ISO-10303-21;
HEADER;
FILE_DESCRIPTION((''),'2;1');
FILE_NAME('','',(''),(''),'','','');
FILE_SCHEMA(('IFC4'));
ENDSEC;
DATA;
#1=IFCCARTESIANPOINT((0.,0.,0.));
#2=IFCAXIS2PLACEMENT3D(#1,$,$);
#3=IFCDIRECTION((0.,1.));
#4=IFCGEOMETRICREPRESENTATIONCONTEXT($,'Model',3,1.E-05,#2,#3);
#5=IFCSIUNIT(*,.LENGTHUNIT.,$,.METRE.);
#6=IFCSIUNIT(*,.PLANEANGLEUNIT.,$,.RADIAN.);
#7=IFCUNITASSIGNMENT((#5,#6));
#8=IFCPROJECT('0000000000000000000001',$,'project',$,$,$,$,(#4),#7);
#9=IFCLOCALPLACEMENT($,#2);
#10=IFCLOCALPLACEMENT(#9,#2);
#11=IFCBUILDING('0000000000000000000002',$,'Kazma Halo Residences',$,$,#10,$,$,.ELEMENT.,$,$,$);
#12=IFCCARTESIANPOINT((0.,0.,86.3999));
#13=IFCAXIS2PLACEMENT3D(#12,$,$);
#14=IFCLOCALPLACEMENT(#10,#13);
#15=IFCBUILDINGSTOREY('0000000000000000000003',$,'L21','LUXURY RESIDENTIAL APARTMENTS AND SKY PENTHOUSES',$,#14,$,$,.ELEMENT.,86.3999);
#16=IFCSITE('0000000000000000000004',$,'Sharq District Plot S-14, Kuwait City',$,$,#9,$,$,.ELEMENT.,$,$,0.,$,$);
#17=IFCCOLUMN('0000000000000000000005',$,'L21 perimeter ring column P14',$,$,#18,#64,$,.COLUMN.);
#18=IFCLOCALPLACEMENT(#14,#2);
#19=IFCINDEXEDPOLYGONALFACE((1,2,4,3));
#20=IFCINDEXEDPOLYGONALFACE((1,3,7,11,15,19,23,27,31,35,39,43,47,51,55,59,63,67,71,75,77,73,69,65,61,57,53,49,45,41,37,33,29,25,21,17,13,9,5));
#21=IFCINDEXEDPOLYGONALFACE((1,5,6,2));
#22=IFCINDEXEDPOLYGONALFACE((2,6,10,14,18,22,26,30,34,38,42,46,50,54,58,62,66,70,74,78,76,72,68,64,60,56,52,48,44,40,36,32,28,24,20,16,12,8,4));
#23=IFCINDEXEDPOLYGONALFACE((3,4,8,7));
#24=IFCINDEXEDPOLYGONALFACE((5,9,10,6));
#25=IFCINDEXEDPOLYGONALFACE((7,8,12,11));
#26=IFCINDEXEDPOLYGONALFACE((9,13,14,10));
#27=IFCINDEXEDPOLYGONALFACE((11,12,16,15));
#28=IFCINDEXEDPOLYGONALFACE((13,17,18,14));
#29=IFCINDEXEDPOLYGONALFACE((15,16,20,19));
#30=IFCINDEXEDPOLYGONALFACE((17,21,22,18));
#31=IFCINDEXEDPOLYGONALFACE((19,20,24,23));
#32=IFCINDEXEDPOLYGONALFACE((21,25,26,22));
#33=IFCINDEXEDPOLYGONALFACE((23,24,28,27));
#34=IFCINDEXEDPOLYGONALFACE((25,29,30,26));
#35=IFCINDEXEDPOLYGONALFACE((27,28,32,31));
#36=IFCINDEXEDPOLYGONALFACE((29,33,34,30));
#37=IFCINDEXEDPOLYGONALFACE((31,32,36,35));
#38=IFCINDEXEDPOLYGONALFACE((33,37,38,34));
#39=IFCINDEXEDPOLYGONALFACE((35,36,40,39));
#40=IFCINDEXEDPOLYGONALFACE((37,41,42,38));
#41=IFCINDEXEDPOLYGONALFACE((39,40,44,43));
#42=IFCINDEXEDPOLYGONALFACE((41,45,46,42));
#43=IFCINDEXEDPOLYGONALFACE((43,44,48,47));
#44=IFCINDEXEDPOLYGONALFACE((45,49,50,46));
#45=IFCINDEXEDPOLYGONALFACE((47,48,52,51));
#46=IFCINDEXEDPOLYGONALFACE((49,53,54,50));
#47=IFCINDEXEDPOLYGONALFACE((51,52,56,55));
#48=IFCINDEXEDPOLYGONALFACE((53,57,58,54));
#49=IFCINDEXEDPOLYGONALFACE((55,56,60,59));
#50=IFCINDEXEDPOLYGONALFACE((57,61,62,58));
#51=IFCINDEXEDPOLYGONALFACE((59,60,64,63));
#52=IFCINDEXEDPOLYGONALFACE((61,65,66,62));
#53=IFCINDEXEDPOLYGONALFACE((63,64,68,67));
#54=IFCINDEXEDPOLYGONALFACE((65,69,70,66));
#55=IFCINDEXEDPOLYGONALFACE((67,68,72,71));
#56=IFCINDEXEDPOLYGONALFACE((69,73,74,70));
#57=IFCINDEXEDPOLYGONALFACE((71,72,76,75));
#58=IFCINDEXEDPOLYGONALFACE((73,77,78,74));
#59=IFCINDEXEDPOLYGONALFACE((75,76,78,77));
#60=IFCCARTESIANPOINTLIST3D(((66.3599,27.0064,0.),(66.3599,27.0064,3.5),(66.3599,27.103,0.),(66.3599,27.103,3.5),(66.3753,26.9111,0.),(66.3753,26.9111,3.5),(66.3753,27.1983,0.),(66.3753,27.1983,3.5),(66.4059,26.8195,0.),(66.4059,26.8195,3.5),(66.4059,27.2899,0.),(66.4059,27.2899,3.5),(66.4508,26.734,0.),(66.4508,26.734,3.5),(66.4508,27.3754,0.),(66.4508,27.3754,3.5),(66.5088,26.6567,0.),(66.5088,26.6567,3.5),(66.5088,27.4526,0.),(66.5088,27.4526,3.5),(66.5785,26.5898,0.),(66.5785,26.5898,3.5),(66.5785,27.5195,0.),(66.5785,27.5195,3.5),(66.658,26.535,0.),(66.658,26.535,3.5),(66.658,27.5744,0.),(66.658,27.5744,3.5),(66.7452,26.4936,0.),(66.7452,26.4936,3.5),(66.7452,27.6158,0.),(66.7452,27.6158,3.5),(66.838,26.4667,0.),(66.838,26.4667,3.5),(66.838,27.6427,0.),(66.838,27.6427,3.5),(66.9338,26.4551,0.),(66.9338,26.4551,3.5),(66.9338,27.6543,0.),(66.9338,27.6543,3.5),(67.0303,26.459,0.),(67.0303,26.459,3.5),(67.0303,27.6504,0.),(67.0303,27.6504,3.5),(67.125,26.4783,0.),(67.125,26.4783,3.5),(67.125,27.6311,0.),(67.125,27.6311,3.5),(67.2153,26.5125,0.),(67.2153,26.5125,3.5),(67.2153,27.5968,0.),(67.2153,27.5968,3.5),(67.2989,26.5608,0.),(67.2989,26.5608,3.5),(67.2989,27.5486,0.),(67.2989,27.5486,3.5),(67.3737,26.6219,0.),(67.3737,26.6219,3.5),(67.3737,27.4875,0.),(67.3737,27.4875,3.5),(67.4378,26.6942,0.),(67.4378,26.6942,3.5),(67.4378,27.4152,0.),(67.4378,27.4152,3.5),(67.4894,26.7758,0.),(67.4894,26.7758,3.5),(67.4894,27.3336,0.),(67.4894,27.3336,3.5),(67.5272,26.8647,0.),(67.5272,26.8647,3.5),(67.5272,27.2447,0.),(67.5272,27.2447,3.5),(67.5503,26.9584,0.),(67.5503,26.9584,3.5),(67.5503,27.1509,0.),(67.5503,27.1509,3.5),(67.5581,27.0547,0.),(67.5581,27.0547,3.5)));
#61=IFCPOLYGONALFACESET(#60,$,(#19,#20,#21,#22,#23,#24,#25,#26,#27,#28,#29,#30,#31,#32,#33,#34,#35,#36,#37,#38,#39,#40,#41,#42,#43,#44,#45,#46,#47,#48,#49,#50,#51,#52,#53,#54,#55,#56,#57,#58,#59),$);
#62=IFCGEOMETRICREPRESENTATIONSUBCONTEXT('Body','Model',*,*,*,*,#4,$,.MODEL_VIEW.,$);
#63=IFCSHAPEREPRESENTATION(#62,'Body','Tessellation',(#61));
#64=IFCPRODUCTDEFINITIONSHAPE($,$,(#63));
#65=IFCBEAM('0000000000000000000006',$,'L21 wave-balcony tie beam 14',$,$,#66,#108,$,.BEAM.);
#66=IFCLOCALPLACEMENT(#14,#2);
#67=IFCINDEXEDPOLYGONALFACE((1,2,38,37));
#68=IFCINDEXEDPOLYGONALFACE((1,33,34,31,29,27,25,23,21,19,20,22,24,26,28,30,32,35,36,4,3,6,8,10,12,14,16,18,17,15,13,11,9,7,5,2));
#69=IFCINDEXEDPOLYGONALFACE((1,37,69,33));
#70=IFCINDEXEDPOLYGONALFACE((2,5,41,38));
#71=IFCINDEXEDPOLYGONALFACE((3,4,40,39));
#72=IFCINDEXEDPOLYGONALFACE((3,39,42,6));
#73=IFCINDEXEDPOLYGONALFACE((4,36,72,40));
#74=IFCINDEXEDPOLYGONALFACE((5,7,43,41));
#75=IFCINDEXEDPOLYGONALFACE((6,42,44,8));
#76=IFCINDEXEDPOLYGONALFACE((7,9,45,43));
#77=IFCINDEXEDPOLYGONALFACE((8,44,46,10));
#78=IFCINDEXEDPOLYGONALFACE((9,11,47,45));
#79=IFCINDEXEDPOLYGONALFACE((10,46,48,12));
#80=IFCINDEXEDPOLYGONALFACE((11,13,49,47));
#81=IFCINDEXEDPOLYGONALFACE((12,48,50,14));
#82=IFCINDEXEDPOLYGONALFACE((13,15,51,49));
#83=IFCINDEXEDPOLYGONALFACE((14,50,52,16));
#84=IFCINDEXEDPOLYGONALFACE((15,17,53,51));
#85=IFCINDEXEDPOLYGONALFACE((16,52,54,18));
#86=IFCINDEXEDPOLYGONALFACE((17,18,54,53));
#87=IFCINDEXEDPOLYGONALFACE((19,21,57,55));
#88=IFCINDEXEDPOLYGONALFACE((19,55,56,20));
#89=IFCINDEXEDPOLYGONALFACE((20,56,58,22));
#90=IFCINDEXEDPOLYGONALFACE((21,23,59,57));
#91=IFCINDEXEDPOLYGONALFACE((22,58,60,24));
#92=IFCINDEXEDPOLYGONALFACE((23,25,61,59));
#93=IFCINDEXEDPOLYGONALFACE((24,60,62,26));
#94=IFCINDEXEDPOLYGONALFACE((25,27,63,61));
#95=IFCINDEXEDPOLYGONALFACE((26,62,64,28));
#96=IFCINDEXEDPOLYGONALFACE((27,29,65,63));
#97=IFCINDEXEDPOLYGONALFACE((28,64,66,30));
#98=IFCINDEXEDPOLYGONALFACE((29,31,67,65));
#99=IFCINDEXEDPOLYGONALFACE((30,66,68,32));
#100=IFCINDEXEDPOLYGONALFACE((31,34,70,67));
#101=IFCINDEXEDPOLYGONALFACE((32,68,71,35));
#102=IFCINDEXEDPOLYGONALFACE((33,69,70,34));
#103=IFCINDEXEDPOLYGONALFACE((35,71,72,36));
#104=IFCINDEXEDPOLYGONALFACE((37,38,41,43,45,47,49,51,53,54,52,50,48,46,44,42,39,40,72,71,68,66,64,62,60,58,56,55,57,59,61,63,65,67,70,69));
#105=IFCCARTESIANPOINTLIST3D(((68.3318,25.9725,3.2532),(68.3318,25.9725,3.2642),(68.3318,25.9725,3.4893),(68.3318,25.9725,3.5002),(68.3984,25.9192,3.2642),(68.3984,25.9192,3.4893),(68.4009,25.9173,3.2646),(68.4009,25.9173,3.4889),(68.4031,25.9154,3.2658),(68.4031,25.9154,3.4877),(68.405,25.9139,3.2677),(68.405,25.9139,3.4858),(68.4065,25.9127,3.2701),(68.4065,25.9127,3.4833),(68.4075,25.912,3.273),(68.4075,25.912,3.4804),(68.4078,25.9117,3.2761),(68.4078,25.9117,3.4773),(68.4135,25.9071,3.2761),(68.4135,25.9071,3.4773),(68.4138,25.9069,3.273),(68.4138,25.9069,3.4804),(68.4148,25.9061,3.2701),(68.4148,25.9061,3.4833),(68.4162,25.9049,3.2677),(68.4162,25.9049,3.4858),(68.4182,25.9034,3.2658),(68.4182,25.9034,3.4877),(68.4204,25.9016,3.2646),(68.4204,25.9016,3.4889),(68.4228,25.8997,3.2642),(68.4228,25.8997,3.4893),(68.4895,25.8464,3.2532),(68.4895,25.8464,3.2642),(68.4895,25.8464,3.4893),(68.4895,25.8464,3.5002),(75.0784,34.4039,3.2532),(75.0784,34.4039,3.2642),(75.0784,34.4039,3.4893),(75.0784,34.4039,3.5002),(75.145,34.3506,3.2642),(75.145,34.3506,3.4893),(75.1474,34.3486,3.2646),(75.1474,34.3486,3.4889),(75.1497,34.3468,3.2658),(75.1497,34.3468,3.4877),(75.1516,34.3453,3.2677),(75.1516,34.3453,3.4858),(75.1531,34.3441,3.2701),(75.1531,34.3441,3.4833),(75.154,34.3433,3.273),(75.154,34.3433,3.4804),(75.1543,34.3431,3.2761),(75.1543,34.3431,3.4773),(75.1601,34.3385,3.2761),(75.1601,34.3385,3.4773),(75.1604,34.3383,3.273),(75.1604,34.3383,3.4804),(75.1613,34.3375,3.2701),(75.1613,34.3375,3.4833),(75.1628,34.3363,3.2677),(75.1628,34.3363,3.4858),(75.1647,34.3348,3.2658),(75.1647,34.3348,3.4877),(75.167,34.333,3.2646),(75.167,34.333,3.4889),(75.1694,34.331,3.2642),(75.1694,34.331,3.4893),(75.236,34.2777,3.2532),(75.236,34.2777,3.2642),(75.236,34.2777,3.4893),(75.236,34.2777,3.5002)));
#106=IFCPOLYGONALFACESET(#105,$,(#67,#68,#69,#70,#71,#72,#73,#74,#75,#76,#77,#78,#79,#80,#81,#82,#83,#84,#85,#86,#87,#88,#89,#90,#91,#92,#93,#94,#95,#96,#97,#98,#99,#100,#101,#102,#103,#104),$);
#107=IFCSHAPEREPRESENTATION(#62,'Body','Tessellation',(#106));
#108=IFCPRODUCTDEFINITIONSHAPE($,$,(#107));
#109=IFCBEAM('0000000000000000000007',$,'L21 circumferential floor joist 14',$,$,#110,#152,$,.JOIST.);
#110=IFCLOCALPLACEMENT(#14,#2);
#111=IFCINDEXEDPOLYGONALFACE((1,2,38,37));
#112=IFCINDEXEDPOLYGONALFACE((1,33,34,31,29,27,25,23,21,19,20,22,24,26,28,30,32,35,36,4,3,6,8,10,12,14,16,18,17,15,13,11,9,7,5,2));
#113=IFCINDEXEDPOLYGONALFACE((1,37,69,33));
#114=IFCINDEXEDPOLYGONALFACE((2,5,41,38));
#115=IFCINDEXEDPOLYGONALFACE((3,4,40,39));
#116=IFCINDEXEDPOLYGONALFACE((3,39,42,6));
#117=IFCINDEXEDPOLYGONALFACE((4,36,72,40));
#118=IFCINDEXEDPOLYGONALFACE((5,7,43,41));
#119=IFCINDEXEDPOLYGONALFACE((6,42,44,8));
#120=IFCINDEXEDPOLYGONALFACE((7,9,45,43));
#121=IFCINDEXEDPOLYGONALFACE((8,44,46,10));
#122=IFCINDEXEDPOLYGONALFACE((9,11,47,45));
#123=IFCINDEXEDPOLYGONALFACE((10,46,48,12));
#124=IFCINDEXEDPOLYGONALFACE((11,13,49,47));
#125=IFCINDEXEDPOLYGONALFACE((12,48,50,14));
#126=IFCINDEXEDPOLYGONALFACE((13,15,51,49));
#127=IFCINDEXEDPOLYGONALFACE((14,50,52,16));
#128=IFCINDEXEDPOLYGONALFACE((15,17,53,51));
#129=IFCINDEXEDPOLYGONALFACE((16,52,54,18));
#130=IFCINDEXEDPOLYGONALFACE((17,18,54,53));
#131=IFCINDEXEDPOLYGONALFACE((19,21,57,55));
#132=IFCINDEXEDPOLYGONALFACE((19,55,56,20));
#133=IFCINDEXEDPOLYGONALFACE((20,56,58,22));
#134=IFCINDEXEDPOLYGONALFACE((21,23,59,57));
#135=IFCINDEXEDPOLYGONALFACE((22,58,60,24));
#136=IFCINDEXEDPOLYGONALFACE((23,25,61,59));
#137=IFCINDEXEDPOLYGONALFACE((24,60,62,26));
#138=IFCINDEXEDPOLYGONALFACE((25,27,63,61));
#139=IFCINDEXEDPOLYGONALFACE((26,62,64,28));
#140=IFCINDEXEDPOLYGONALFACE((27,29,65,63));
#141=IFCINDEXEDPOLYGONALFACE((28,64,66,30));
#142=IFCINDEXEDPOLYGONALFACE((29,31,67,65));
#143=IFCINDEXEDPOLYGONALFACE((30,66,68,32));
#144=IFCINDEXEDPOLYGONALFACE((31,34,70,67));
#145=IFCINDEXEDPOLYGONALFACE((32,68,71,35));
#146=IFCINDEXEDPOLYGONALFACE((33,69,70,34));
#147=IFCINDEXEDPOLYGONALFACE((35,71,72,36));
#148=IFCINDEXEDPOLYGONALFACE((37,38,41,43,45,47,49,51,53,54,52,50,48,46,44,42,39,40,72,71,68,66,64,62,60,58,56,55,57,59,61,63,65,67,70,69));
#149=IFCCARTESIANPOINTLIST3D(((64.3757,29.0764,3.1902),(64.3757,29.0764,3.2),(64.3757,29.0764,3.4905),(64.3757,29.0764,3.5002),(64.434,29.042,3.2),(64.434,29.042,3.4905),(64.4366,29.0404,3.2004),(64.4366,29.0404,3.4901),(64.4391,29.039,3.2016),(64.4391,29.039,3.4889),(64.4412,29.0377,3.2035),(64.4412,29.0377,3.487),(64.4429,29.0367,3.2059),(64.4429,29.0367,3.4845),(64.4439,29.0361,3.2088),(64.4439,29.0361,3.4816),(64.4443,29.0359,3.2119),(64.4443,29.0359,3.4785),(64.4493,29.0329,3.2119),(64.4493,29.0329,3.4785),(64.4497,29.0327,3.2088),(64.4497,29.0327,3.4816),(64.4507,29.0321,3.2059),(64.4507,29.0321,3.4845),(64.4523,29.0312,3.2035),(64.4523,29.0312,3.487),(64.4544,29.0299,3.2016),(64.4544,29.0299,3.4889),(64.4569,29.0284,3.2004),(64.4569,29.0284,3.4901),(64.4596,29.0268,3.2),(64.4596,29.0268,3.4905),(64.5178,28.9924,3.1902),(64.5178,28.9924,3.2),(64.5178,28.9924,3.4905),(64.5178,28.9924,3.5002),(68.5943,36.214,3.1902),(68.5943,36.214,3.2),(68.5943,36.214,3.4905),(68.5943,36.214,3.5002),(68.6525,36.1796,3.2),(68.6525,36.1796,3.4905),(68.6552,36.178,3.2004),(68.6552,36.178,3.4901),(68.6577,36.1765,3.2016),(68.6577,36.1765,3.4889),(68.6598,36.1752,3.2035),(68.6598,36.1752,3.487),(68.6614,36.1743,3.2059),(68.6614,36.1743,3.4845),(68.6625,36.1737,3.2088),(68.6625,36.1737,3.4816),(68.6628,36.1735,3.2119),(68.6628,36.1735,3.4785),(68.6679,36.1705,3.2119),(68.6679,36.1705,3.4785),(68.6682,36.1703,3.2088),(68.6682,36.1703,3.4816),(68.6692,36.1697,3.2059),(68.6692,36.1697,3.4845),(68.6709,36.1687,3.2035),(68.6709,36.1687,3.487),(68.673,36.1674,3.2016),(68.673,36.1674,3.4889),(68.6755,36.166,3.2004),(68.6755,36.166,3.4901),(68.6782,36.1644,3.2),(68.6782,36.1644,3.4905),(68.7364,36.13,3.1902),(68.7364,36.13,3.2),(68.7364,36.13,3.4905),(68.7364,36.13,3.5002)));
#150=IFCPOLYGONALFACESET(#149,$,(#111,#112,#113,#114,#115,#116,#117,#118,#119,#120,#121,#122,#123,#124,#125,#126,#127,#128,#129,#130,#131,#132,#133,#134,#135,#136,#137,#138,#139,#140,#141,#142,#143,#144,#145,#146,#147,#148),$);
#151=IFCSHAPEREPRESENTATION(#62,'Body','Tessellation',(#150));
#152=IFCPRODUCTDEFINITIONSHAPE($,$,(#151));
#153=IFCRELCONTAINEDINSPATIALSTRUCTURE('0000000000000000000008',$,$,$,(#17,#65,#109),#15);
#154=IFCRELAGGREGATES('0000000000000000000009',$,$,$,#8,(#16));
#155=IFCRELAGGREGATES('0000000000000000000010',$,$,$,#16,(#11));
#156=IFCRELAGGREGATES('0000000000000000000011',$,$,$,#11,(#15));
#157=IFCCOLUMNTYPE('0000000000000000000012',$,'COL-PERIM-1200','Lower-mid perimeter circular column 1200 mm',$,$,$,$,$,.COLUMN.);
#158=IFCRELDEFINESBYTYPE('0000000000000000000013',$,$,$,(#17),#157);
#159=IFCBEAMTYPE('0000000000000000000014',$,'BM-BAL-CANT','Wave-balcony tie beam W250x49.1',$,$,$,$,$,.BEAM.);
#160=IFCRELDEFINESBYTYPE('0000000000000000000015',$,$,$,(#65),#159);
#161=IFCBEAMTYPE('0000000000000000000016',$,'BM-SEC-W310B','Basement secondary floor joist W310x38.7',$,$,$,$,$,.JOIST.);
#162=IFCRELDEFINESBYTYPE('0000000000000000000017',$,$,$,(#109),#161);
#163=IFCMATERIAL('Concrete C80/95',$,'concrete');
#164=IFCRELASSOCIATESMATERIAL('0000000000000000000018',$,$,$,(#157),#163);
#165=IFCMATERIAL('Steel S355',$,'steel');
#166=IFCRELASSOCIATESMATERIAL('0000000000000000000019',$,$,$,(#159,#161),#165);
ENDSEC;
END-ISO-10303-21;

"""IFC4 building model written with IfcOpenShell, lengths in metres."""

from ifc_helpers import new_model, si_unit, direction, frame, origin, origin_2d, place, context, subcontext, project, spatial, circle, i_section, extrude, material, material_profile, profile_set, type_object, element, save


model = new_model("IFC4")

# Units and contexts
model_context = context("Model", 3, precision=1e-05, world=origin(), true_north=direction((0.0, 1.0)))
body_context = subcontext(model_context, "Body", "Model", "MODEL_VIEW")
ifc_project = project(units=[si_unit("LENGTHUNIT", "METRE"), si_unit("PLANEANGLEUNIT", "RADIAN")], contexts=[model_context])

# Site, building, storey
site_placement = place(None, origin())
site = spatial("IfcSite", under=ifc_project, at=site_placement, Name="Sharq District Plot S-14, Kuwait City", CompositionType="ELEMENT", RefElevation=0.0)
building_placement = place(site_placement, origin())
building = spatial("IfcBuilding", under=site, at=building_placement, Name="Kazma Halo Residences", CompositionType="ELEMENT")
storey_placement = place(building_placement, frame((0.0, 0.0, 86.3999)))
storey = spatial("IfcBuildingStorey", under=building, at=storey_placement, Name="L21", Description="LUXURY RESIDENTIAL APARTMENTS AND SKY PENTHOUSES", CompositionType="ELEMENT", Elevation=86.3999)

# Column
ifc_material_1 = material(Name="Concrete C80/95", Category="concrete")
ifc_material_profile_1 = material_profile(ifc_material_1, circle(Radius=0.6001, at=origin_2d()), Name="CIRC1200")
ifc_profile_set_1 = profile_set([ifc_material_profile_1], Name="Concrete C80/95")
column_type = type_object("IfcColumnType", Name="COL-PERIM-1200", Description="Lower-mid perimeter circular column 1200 mm", PredefinedType="COLUMN", material=ifc_profile_set_1)
column_placement = place(storey_placement, frame((66.958, 27.0547, 0.0), z_axis=(0.0, 0.0, 1.0), x_axis=(1.0, 0.0, 0.0)))
element("IfcColumn", 1, at=column_placement, inside=storey, type_object=column_type, Name="L21 perimeter ring column P14", PredefinedType="COLUMN", context=body_context, shape_type="SweptSolid", body=[
    extrude(circle(Radius=0.6001, at=origin_2d()), origin(), (0.0, 0.0, 1.0), 3.5),
])

# Beams
ifc_material_2 = material(Name="Steel S355", Category="steel")
ifc_material_profile_2 = material_profile(ifc_material_2, i_section(OverallWidth=0.2019, OverallDepth=0.2471, WebThickness=0.0073, FlangeThickness=0.011, FilletRadius=0.012, at=origin_2d()), Name="W250x49.1")
ifc_profile_set_2 = profile_set([ifc_material_profile_2], Name="Steel S355")
beam_type_1 = type_object("IfcBeamType", Name="BM-BAL-CANT", Description="Wave-balcony tie beam W250x49.1", PredefinedType="BEAM", material=ifc_profile_set_2)
beam_1_placement = place(storey_placement, frame((68.4106, 25.9094, 3.3767), z_axis=(0.624778, 0.780803, 0.0), x_axis=(-0.780803, 0.624778, 0.0)))
element("IfcBeam", 2, at=beam_1_placement, inside=storey, type_object=beam_type_1, Name="L21 wave-balcony tie beam 14", PredefinedType="BEAM", context=body_context, shape_type="SweptSolid", body=[
    extrude(i_section(OverallWidth=0.2019, OverallDepth=0.2471, WebThickness=0.0073, FlangeThickness=0.011, FilletRadius=0.012, at=origin_2d()), origin(), (0.0, 0.0, 1.0), 10.7983),
])
ifc_material_profile_3 = material_profile(ifc_material_2, i_section(OverallWidth=0.165, OverallDepth=0.3101, WebThickness=0.0059, FlangeThickness=0.0098, FilletRadius=0.012, at=origin_2d()), Name="W310x38.7")
ifc_profile_set_3 = profile_set([ifc_material_profile_3], Name="Steel S355")
beam_type_2 = type_object("IfcBeamType", Name="BM-SEC-W310B", Description="Basement secondary floor joist W310x38.7", PredefinedType="JOIST", material=ifc_profile_set_3)
beam_2_placement = place(storey_placement, frame((64.4468, 29.0344, 3.3452), z_axis=(0.508812, 0.860878, 0.0), x_axis=(-0.860878, 0.508812, 0.0)))
element("IfcBeam", 3, at=beam_2_placement, inside=storey, type_object=beam_type_2, Name="L21 circumferential floor joist 14", PredefinedType="JOIST", context=body_context, shape_type="SweptSolid", body=[
    extrude(i_section(OverallWidth=0.165, OverallDepth=0.3101, WebThickness=0.0059, FlangeThickness=0.0098, FilletRadius=0.012, at=origin_2d()), origin(), (0.0, 0.0, 1.0), 8.291),
])

save(model, "model.ifc")
